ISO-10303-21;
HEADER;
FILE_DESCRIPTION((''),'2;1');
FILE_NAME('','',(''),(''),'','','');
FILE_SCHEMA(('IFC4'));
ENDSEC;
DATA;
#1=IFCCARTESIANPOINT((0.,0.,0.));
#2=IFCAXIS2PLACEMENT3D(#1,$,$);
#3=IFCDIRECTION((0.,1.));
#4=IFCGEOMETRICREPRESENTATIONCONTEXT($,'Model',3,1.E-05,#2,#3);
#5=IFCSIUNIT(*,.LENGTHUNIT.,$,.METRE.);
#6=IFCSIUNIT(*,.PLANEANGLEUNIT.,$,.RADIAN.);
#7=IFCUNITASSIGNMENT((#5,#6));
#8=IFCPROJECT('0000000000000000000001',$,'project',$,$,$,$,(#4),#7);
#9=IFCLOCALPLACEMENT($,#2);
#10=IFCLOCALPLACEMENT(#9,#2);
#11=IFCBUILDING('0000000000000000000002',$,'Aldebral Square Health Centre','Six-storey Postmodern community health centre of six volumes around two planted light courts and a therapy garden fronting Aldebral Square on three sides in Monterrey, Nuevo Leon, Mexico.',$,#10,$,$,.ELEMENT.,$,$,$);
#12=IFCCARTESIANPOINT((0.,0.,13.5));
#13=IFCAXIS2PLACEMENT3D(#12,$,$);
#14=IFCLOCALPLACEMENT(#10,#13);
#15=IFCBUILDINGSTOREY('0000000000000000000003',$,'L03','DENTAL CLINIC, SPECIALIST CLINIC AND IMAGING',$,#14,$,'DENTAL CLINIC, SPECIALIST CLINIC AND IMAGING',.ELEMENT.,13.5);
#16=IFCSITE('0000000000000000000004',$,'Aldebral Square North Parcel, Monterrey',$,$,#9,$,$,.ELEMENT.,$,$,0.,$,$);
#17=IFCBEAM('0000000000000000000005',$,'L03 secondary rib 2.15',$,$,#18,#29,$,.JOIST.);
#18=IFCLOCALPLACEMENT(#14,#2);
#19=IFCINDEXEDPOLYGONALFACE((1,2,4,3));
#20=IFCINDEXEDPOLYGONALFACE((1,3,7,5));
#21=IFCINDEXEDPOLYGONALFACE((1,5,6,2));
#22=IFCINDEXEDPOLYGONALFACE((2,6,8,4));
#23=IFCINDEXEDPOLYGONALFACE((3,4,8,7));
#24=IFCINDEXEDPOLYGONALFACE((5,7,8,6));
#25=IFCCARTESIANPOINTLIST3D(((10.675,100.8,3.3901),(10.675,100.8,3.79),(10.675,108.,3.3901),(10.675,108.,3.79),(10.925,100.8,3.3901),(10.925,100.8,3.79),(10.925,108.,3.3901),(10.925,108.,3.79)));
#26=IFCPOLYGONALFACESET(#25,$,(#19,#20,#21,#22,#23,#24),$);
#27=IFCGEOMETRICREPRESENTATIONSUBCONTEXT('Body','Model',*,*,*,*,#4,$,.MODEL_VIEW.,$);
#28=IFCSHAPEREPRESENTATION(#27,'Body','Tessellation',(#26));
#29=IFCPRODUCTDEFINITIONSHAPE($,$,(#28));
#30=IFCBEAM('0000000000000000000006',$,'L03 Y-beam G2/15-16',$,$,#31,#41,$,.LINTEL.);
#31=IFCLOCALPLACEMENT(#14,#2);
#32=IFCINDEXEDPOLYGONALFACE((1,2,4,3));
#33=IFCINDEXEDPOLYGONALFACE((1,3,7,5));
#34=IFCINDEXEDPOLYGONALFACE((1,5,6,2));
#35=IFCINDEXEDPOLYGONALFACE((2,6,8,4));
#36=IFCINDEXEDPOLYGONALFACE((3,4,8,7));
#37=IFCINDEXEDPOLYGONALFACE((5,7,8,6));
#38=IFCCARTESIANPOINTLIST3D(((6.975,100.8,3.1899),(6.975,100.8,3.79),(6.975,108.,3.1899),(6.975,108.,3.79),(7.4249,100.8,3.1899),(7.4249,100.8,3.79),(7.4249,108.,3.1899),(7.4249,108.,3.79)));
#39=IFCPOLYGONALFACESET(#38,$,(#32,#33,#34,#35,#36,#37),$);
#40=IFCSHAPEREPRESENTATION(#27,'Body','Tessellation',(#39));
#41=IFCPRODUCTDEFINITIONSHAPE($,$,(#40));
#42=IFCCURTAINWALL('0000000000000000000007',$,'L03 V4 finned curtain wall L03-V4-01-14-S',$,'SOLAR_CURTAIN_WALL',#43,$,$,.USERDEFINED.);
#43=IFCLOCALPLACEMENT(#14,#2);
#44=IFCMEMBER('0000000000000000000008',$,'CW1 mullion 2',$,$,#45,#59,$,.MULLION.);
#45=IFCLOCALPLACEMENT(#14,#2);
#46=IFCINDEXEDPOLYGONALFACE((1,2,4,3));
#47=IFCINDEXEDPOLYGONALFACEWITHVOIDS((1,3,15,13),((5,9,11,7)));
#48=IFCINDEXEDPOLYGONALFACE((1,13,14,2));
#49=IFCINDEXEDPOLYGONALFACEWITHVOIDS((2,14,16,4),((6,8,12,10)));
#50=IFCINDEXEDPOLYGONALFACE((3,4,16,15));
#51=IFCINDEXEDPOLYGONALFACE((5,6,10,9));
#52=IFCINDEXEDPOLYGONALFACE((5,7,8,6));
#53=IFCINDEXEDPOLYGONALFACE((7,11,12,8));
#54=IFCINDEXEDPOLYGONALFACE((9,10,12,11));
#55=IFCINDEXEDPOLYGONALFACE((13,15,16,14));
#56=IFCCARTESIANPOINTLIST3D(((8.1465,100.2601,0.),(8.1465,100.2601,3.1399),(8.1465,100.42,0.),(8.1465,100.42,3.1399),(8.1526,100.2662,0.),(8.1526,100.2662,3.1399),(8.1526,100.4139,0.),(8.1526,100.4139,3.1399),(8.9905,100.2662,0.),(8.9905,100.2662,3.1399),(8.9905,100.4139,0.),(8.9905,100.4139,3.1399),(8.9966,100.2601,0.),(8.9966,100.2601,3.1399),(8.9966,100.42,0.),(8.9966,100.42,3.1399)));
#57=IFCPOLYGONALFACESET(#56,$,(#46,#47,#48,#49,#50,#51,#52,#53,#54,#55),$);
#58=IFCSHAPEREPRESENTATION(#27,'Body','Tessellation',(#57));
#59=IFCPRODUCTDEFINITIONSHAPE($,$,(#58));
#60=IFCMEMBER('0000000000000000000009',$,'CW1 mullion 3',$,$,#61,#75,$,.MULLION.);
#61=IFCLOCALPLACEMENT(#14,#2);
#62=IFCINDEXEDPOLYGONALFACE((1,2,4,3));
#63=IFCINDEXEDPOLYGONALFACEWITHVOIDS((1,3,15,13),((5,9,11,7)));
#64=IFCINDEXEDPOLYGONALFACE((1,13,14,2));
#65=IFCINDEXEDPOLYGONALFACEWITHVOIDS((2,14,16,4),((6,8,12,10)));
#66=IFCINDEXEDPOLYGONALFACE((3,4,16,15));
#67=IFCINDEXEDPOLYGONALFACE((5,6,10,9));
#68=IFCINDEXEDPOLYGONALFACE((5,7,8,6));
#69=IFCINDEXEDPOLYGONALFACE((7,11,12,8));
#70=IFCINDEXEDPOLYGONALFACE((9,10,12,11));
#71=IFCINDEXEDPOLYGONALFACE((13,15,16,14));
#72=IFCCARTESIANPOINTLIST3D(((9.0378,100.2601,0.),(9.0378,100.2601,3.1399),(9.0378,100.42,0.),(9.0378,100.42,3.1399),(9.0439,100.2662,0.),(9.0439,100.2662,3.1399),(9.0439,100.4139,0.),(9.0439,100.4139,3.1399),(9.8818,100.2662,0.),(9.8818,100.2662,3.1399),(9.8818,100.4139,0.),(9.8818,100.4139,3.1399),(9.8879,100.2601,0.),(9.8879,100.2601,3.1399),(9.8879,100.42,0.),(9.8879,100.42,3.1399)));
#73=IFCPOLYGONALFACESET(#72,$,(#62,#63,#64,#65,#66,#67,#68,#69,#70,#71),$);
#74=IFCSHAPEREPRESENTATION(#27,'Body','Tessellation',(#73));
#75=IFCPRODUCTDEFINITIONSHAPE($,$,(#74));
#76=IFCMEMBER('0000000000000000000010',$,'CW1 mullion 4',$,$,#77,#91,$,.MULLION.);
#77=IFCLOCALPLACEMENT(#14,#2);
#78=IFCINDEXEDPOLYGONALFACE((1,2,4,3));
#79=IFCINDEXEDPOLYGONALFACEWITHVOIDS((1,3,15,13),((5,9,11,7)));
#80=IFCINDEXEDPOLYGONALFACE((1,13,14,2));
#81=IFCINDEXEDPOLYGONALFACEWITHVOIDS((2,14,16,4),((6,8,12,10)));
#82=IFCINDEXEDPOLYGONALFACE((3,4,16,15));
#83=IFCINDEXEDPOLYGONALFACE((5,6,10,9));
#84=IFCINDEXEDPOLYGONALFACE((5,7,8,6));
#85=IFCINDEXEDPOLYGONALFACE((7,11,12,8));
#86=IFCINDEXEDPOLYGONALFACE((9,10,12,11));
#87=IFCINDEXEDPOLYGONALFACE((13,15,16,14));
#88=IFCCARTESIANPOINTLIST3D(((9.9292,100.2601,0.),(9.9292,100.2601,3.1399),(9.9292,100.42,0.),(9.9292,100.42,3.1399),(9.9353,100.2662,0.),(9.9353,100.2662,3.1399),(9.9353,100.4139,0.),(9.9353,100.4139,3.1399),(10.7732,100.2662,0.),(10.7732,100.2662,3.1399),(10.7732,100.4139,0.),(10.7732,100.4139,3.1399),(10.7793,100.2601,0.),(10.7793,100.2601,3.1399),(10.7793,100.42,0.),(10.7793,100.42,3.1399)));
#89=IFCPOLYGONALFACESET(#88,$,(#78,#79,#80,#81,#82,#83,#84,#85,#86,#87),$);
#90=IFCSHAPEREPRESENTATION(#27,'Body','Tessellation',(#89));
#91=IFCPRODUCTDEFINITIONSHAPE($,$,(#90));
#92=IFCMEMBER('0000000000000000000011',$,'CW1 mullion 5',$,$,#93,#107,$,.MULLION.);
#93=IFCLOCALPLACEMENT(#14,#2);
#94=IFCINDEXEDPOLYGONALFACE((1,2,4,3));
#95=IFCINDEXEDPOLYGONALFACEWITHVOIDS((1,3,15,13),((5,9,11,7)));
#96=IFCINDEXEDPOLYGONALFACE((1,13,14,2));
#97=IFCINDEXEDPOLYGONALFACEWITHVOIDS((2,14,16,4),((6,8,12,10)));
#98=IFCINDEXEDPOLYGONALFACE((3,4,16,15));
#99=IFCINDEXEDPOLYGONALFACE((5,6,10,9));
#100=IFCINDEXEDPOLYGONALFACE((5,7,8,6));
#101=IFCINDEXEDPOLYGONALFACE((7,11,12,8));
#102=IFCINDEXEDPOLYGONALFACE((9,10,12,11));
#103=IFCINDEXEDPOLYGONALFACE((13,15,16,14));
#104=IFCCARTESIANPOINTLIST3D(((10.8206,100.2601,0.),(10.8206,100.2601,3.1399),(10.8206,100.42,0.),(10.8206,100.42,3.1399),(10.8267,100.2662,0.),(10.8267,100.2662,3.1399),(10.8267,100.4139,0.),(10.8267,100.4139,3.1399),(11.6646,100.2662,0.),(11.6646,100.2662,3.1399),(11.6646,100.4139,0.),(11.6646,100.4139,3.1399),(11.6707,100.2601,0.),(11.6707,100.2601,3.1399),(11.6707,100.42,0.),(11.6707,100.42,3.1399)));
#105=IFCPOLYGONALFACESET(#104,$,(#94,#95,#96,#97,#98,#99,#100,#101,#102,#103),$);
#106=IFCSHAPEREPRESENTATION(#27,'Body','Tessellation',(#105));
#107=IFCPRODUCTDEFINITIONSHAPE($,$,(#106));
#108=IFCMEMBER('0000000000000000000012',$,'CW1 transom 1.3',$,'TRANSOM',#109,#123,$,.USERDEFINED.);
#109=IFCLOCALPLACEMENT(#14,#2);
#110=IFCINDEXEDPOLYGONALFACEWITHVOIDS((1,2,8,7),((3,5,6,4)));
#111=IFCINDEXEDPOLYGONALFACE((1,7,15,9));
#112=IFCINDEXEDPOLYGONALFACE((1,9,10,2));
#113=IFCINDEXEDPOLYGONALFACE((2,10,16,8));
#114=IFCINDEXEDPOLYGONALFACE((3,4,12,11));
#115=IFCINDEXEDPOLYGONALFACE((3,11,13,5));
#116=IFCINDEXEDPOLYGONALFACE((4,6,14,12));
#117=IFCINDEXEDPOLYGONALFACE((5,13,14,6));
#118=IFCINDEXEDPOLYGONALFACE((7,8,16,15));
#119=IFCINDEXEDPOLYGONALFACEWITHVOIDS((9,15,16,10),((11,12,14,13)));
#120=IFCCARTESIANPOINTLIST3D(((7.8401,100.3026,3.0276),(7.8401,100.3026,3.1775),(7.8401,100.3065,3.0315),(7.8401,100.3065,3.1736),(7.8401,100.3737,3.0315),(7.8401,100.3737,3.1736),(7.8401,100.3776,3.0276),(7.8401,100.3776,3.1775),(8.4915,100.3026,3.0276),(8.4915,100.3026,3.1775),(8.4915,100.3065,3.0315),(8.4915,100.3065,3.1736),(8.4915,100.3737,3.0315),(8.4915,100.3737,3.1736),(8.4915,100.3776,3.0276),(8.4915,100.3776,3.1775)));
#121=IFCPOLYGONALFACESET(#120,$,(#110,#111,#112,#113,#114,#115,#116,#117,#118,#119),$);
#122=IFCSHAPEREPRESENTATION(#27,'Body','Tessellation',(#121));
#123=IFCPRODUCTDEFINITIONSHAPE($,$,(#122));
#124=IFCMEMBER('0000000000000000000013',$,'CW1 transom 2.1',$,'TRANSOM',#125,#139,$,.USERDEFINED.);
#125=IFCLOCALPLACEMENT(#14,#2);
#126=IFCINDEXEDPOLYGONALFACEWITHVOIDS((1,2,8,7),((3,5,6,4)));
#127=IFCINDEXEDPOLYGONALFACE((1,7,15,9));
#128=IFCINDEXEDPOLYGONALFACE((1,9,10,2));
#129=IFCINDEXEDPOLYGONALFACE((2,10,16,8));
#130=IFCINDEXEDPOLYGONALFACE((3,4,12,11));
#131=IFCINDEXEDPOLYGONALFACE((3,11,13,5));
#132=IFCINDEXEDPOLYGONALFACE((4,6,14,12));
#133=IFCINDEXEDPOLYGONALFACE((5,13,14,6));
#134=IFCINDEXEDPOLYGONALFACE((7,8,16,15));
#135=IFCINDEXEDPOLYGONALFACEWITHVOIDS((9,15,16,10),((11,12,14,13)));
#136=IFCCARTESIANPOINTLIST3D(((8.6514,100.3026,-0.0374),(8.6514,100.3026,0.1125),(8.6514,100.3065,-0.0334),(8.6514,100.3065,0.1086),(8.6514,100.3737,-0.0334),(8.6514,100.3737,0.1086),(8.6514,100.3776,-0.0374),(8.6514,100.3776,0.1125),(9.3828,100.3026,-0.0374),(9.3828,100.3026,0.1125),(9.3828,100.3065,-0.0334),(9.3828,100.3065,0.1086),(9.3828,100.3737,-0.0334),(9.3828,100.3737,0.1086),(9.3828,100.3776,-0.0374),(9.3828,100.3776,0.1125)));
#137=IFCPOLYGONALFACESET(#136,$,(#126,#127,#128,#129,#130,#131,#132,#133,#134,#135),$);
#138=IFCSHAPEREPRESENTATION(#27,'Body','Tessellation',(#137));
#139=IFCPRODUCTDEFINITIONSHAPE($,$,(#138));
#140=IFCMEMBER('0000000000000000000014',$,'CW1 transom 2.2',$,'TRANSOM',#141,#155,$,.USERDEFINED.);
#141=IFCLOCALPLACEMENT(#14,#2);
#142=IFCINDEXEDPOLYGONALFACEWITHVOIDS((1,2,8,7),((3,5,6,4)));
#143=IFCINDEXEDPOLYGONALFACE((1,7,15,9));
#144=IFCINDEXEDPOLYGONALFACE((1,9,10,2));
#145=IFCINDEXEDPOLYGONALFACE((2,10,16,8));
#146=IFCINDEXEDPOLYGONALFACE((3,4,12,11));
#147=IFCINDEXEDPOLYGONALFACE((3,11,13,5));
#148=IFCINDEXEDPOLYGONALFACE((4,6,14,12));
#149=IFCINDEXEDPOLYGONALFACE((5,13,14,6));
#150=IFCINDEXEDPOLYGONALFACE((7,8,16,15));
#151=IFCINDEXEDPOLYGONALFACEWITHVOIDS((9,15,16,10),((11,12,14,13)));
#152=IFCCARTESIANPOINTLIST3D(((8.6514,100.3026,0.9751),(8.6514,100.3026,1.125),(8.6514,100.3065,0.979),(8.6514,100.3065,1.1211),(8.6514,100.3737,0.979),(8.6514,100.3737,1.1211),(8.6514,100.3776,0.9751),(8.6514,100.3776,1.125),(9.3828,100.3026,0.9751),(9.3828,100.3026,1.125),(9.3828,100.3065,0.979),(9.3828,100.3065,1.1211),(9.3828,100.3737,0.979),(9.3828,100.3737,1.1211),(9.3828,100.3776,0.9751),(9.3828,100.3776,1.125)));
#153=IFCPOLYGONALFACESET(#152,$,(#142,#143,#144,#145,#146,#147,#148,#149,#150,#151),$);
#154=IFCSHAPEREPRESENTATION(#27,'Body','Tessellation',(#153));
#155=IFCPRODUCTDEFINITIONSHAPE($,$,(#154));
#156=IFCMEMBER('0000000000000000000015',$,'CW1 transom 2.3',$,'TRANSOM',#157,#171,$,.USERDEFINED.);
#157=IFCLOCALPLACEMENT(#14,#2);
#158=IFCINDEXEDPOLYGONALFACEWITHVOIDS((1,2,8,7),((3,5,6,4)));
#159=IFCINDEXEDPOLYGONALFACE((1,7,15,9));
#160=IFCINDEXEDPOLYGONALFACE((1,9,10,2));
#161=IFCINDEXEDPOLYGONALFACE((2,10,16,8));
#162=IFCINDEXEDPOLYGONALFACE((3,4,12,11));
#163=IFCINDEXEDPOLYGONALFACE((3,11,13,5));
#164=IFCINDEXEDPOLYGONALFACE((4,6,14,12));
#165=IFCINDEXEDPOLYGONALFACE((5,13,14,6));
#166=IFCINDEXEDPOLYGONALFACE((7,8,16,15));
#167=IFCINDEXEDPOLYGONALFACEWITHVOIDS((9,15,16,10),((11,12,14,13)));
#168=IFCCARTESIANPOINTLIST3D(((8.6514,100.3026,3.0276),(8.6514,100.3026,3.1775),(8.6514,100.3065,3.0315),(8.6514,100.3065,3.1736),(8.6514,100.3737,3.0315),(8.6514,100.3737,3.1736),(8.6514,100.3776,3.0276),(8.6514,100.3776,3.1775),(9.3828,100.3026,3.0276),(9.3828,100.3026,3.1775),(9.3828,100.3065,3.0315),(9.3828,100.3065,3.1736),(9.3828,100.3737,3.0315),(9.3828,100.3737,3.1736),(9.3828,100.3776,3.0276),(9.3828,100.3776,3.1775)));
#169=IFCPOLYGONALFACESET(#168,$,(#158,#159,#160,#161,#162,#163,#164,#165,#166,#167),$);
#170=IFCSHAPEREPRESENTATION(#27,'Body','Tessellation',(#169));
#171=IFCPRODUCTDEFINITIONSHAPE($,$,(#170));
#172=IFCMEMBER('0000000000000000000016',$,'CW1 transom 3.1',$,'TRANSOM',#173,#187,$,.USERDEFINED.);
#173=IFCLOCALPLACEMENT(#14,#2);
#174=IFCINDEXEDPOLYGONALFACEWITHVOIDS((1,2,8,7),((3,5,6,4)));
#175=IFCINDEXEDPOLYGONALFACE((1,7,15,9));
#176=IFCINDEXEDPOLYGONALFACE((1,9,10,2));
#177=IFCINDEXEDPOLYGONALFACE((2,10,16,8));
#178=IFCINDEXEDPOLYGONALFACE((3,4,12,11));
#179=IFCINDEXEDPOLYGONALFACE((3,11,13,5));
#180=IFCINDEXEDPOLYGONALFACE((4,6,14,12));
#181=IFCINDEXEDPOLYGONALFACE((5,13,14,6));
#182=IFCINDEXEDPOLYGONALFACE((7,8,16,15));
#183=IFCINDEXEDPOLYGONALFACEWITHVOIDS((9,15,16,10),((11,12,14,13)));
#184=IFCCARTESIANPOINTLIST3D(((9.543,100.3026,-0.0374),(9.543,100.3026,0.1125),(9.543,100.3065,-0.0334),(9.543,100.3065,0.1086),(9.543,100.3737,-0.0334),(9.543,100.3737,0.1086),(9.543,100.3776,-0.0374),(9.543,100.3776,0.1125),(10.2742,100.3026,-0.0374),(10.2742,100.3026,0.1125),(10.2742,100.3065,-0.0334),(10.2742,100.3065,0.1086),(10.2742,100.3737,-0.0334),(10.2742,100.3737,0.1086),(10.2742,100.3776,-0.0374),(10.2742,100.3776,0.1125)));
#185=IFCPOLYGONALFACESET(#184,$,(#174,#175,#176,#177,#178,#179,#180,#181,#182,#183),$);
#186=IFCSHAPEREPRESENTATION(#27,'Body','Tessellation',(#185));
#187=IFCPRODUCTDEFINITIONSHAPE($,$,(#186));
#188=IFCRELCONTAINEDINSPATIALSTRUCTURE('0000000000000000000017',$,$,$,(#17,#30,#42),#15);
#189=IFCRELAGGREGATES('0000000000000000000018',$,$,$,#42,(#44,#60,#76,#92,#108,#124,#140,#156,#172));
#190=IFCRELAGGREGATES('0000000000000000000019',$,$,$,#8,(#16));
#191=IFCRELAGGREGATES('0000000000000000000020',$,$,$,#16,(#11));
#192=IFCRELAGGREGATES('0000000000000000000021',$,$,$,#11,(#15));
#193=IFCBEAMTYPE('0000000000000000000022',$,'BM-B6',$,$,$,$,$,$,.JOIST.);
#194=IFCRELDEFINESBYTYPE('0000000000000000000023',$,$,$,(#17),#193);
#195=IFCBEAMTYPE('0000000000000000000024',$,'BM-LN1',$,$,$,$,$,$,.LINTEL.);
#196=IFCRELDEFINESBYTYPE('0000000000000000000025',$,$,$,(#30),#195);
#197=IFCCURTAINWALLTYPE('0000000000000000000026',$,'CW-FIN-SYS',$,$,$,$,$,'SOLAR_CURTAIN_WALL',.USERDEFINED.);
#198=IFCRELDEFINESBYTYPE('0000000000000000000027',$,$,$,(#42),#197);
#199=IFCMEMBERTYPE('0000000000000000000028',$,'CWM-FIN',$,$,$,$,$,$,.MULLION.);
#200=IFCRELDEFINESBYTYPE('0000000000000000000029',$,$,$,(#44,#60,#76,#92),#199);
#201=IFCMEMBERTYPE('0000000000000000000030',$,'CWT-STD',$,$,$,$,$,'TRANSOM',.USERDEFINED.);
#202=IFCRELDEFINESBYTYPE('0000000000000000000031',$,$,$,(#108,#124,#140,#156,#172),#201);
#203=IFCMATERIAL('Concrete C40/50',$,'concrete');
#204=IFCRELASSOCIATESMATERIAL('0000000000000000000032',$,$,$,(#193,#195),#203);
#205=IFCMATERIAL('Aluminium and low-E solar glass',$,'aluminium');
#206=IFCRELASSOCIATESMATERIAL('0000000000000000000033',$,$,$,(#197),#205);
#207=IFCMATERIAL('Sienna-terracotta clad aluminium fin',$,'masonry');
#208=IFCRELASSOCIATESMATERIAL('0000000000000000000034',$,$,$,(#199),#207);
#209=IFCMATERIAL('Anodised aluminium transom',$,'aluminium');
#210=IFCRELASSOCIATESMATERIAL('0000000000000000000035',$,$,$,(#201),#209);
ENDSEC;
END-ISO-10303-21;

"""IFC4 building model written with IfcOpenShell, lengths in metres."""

from ifc_helpers import new_model, si_unit, direction, frame, origin, origin_2d, place, context, subcontext, project, spatial, rectangle, hollow_rectangle, extrude, material, material_profile, profile_set, type_object, element, aggregate, save


model = new_model("IFC4")

# Units and contexts
model_context = context("Model", 3, precision=1e-05, world=origin(), true_north=direction((0.0, 1.0)))
body_context = subcontext(model_context, "Body", "Model", "MODEL_VIEW")
ifc_project = project(units=[si_unit("LENGTHUNIT", "METRE"), si_unit("PLANEANGLEUNIT", "RADIAN")], contexts=[model_context])

# Site, building, storey
site_placement = place(None, origin())
site = spatial("IfcSite", under=ifc_project, at=site_placement, Name="Aldebral Square North Parcel, Monterrey", CompositionType="ELEMENT", RefElevation=0.0)
building_placement = place(site_placement, origin())
building = spatial("IfcBuilding", under=site, at=building_placement, Name="Aldebral Square Health Centre", Description="Six-storey Postmodern community health centre of six volumes around two planted light courts and a therapy garden fronting Aldebral Square on three sides in Monterrey, Nuevo Leon, Mexico.", CompositionType="ELEMENT")
storey_placement = place(building_placement, frame((0.0, 0.0, 13.5)))
storey = spatial("IfcBuildingStorey", under=building, at=storey_placement, Name="L03", Description="DENTAL CLINIC, SPECIALIST CLINIC AND IMAGING", LongName="DENTAL CLINIC, SPECIALIST CLINIC AND IMAGING", CompositionType="ELEMENT", Elevation=13.5)

# Beams
ifc_material_1 = material(Name="Concrete C40/50", Category="concrete")
ifc_material_profile_1 = material_profile(ifc_material_1, rectangle(XDim=0.25, YDim=0.3999, at=origin_2d()), Name="RC 250x400")
ifc_profile_set_1 = profile_set([ifc_material_profile_1], Name="Concrete C40/50")
beam_type_1 = type_object("IfcBeamType", Name="BM-B6", PredefinedType="JOIST", material=ifc_profile_set_1)
beam_1_placement = place(storey_placement, frame((10.8, 100.8, 3.5901), z_axis=(0.0, 1.0, 0.0), x_axis=(-1.0, 0.0, 0.0)))
element("IfcBeam", 1, at=beam_1_placement, inside=storey, type_object=beam_type_1, Name="L03 secondary rib 2.15", PredefinedType="JOIST", context=body_context, shape_type="SweptSolid", body=[
    extrude(rectangle(XDim=0.25, YDim=0.3999, at=origin_2d()), origin(), (0.0, 0.0, 1.0), 7.2),
])
ifc_material_profile_2 = material_profile(ifc_material_1, rectangle(XDim=0.45, YDim=0.6001, at=origin_2d()), Name="RC 450x600")
ifc_profile_set_2 = profile_set([ifc_material_profile_2], Name="Concrete C40/50")
beam_type_2 = type_object("IfcBeamType", Name="BM-LN1", PredefinedType="LINTEL", material=ifc_profile_set_2)
beam_2_placement = place(storey_placement, frame((7.2, 100.8, 3.49), z_axis=(0.0, 1.0, 0.0), x_axis=(-1.0, 0.0, 0.0)))
element("IfcBeam", 2, at=beam_2_placement, inside=storey, type_object=beam_type_2, Name="L03 Y-beam G2/15-16", PredefinedType="LINTEL", context=body_context, shape_type="SweptSolid", body=[
    extrude(rectangle(XDim=0.45, YDim=0.6001, at=origin_2d()), origin(), (0.0, 0.0, 1.0), 7.2),
])

# Curtain wall, members
ifc_material_2 = material(Name="Aluminium and low-E solar glass", Category="aluminium")
curtain_wall_type = type_object("IfcCurtainWallType", Name="CW-FIN-SYS", ElementType="SOLAR_CURTAIN_WALL", PredefinedType="USERDEFINED", material=ifc_material_2)
curtain_wall_placement = place(storey_placement, origin())
curtain_wall = element("IfcCurtainWall", 3, at=curtain_wall_placement, inside=storey, type_object=curtain_wall_type, Name="L03 V4 finned curtain wall L03-V4-01-14-S", ObjectType="SOLAR_CURTAIN_WALL", PredefinedType="USERDEFINED")
ifc_material_3 = material(Name="Sienna-terracotta clad aluminium fin", Category="masonry")
ifc_material_profile_3 = material_profile(ifc_material_3, hollow_rectangle(XDim=0.1599, YDim=0.8501, WallThickness=0.0061, at=origin_2d()), Name="FIN 160x850x6")
ifc_profile_set_3 = profile_set([ifc_material_profile_3], Name="Sienna-terracotta clad aluminium fin")
member_type_1 = type_object("IfcMemberType", Name="CWM-FIN", PredefinedType="MULLION", material=ifc_profile_set_3)
member_1_placement = place(storey_placement, frame((8.5715, 100.3401, 0.0), z_axis=(0.0, 0.0, 1.0), x_axis=(0.0, 1.0, 0.0)))
member_1 = element("IfcMember", 4, at=member_1_placement, type_object=member_type_1, Name="CW1 mullion 2", PredefinedType="MULLION", context=body_context, shape_type="SweptSolid", body=[
    extrude(hollow_rectangle(XDim=0.1599, YDim=0.8501, WallThickness=0.0061, at=origin_2d()), origin(), (0.0, 0.0, 1.0), 3.1399),
])
member_2_placement = place(storey_placement, frame((9.4629, 100.3401, 0.0), z_axis=(0.0, 0.0, 1.0), x_axis=(0.0, 1.0, 0.0)))
member_2 = element("IfcMember", 5, at=member_2_placement, type_object=member_type_1, Name="CW1 mullion 3", PredefinedType="MULLION", context=body_context, shape_type="SweptSolid", body=[
    extrude(hollow_rectangle(XDim=0.1599, YDim=0.8501, WallThickness=0.0061, at=origin_2d()), origin(), (0.0, 0.0, 1.0), 3.1399),
])
member_3_placement = place(storey_placement, frame((10.3542, 100.3401, 0.0), z_axis=(0.0, 0.0, 1.0), x_axis=(0.0, 1.0, 0.0)))
member_3 = element("IfcMember", 6, at=member_3_placement, type_object=member_type_1, Name="CW1 mullion 4", PredefinedType="MULLION", context=body_context, shape_type="SweptSolid", body=[
    extrude(hollow_rectangle(XDim=0.1599, YDim=0.8501, WallThickness=0.0061, at=origin_2d()), origin(), (0.0, 0.0, 1.0), 3.1399),
])
member_4_placement = place(storey_placement, frame((11.2456, 100.3401, 0.0), z_axis=(0.0, 0.0, 1.0), x_axis=(0.0, 1.0, 0.0)))
member_4 = element("IfcMember", 7, at=member_4_placement, type_object=member_type_1, Name="CW1 mullion 5", PredefinedType="MULLION", context=body_context, shape_type="SweptSolid", body=[
    extrude(hollow_rectangle(XDim=0.1599, YDim=0.8501, WallThickness=0.0061, at=origin_2d()), origin(), (0.0, 0.0, 1.0), 3.1399),
])
ifc_material_4 = material(Name="Anodised aluminium transom", Category="aluminium")
ifc_material_profile_4 = material_profile(ifc_material_4, hollow_rectangle(XDim=0.075, YDim=0.1499, WallThickness=0.0039, at=origin_2d()), Name="CWT 75x150x4")
ifc_profile_set_4 = profile_set([ifc_material_profile_4], Name="Anodised aluminium transom")
member_type_2 = type_object("IfcMemberType", Name="CWT-STD", ElementType="TRANSOM", PredefinedType="USERDEFINED", material=ifc_profile_set_4)
member_5_placement = place(storey_placement, frame((7.8401, 100.3401, 3.1025), z_axis=(1.0, 0.0, 0.0), x_axis=(0.0, 1.0, 0.0)))
member_5 = element("IfcMember", 8, at=member_5_placement, type_object=member_type_2, Name="CW1 transom 1.3", ObjectType="TRANSOM", PredefinedType="USERDEFINED", context=body_context, shape_type="SweptSolid", body=[
    extrude(hollow_rectangle(XDim=0.075, YDim=0.1499, WallThickness=0.0039, at=origin_2d()), origin(), (0.0, 0.0, 1.0), 0.6514),
])
member_6_placement = place(storey_placement, frame((8.6514, 100.3401, 0.0376), z_axis=(1.0, 0.0, 0.0), x_axis=(0.0, 1.0, 0.0)))
member_6 = element("IfcMember", 9, at=member_6_placement, type_object=member_type_2, Name="CW1 transom 2.1", ObjectType="TRANSOM", PredefinedType="USERDEFINED", context=body_context, shape_type="SweptSolid", body=[
    extrude(hollow_rectangle(XDim=0.075, YDim=0.1499, WallThickness=0.0039, at=origin_2d()), origin(), (0.0, 0.0, 1.0), 0.7314),
])
member_7_placement = place(storey_placement, frame((8.6514, 100.3401, 1.05), z_axis=(1.0, 0.0, 0.0), x_axis=(0.0, 1.0, 0.0)))
member_7 = element("IfcMember", 10, at=member_7_placement, type_object=member_type_2, Name="CW1 transom 2.2", ObjectType="TRANSOM", PredefinedType="USERDEFINED", context=body_context, shape_type="SweptSolid", body=[
    extrude(hollow_rectangle(XDim=0.075, YDim=0.1499, WallThickness=0.0039, at=origin_2d()), origin(), (0.0, 0.0, 1.0), 0.7314),
])
member_8_placement = place(storey_placement, frame((8.6514, 100.3401, 3.1025), z_axis=(1.0, 0.0, 0.0), x_axis=(0.0, 1.0, 0.0)))
member_8 = element("IfcMember", 11, at=member_8_placement, type_object=member_type_2, Name="CW1 transom 2.3", ObjectType="TRANSOM", PredefinedType="USERDEFINED", context=body_context, shape_type="SweptSolid", body=[
    extrude(hollow_rectangle(XDim=0.075, YDim=0.1499, WallThickness=0.0039, at=origin_2d()), origin(), (0.0, 0.0, 1.0), 0.7314),
])
member_9_placement = place(storey_placement, frame((9.543, 100.3401, 0.0376), z_axis=(1.0, 0.0, 0.0), x_axis=(0.0, 1.0, 0.0)))
member_9 = element("IfcMember", 12, at=member_9_placement, type_object=member_type_2, Name="CW1 transom 3.1", ObjectType="TRANSOM", PredefinedType="USERDEFINED", context=body_context, shape_type="SweptSolid", body=[
    extrude(hollow_rectangle(XDim=0.075, YDim=0.1499, WallThickness=0.0039, at=origin_2d()), origin(), (0.0, 0.0, 1.0), 0.7312),
])
aggregate(curtain_wall, [member_1, member_2, member_3, member_4, member_5, member_6, member_7, member_8, member_9])

save(model, "model.ifc")
